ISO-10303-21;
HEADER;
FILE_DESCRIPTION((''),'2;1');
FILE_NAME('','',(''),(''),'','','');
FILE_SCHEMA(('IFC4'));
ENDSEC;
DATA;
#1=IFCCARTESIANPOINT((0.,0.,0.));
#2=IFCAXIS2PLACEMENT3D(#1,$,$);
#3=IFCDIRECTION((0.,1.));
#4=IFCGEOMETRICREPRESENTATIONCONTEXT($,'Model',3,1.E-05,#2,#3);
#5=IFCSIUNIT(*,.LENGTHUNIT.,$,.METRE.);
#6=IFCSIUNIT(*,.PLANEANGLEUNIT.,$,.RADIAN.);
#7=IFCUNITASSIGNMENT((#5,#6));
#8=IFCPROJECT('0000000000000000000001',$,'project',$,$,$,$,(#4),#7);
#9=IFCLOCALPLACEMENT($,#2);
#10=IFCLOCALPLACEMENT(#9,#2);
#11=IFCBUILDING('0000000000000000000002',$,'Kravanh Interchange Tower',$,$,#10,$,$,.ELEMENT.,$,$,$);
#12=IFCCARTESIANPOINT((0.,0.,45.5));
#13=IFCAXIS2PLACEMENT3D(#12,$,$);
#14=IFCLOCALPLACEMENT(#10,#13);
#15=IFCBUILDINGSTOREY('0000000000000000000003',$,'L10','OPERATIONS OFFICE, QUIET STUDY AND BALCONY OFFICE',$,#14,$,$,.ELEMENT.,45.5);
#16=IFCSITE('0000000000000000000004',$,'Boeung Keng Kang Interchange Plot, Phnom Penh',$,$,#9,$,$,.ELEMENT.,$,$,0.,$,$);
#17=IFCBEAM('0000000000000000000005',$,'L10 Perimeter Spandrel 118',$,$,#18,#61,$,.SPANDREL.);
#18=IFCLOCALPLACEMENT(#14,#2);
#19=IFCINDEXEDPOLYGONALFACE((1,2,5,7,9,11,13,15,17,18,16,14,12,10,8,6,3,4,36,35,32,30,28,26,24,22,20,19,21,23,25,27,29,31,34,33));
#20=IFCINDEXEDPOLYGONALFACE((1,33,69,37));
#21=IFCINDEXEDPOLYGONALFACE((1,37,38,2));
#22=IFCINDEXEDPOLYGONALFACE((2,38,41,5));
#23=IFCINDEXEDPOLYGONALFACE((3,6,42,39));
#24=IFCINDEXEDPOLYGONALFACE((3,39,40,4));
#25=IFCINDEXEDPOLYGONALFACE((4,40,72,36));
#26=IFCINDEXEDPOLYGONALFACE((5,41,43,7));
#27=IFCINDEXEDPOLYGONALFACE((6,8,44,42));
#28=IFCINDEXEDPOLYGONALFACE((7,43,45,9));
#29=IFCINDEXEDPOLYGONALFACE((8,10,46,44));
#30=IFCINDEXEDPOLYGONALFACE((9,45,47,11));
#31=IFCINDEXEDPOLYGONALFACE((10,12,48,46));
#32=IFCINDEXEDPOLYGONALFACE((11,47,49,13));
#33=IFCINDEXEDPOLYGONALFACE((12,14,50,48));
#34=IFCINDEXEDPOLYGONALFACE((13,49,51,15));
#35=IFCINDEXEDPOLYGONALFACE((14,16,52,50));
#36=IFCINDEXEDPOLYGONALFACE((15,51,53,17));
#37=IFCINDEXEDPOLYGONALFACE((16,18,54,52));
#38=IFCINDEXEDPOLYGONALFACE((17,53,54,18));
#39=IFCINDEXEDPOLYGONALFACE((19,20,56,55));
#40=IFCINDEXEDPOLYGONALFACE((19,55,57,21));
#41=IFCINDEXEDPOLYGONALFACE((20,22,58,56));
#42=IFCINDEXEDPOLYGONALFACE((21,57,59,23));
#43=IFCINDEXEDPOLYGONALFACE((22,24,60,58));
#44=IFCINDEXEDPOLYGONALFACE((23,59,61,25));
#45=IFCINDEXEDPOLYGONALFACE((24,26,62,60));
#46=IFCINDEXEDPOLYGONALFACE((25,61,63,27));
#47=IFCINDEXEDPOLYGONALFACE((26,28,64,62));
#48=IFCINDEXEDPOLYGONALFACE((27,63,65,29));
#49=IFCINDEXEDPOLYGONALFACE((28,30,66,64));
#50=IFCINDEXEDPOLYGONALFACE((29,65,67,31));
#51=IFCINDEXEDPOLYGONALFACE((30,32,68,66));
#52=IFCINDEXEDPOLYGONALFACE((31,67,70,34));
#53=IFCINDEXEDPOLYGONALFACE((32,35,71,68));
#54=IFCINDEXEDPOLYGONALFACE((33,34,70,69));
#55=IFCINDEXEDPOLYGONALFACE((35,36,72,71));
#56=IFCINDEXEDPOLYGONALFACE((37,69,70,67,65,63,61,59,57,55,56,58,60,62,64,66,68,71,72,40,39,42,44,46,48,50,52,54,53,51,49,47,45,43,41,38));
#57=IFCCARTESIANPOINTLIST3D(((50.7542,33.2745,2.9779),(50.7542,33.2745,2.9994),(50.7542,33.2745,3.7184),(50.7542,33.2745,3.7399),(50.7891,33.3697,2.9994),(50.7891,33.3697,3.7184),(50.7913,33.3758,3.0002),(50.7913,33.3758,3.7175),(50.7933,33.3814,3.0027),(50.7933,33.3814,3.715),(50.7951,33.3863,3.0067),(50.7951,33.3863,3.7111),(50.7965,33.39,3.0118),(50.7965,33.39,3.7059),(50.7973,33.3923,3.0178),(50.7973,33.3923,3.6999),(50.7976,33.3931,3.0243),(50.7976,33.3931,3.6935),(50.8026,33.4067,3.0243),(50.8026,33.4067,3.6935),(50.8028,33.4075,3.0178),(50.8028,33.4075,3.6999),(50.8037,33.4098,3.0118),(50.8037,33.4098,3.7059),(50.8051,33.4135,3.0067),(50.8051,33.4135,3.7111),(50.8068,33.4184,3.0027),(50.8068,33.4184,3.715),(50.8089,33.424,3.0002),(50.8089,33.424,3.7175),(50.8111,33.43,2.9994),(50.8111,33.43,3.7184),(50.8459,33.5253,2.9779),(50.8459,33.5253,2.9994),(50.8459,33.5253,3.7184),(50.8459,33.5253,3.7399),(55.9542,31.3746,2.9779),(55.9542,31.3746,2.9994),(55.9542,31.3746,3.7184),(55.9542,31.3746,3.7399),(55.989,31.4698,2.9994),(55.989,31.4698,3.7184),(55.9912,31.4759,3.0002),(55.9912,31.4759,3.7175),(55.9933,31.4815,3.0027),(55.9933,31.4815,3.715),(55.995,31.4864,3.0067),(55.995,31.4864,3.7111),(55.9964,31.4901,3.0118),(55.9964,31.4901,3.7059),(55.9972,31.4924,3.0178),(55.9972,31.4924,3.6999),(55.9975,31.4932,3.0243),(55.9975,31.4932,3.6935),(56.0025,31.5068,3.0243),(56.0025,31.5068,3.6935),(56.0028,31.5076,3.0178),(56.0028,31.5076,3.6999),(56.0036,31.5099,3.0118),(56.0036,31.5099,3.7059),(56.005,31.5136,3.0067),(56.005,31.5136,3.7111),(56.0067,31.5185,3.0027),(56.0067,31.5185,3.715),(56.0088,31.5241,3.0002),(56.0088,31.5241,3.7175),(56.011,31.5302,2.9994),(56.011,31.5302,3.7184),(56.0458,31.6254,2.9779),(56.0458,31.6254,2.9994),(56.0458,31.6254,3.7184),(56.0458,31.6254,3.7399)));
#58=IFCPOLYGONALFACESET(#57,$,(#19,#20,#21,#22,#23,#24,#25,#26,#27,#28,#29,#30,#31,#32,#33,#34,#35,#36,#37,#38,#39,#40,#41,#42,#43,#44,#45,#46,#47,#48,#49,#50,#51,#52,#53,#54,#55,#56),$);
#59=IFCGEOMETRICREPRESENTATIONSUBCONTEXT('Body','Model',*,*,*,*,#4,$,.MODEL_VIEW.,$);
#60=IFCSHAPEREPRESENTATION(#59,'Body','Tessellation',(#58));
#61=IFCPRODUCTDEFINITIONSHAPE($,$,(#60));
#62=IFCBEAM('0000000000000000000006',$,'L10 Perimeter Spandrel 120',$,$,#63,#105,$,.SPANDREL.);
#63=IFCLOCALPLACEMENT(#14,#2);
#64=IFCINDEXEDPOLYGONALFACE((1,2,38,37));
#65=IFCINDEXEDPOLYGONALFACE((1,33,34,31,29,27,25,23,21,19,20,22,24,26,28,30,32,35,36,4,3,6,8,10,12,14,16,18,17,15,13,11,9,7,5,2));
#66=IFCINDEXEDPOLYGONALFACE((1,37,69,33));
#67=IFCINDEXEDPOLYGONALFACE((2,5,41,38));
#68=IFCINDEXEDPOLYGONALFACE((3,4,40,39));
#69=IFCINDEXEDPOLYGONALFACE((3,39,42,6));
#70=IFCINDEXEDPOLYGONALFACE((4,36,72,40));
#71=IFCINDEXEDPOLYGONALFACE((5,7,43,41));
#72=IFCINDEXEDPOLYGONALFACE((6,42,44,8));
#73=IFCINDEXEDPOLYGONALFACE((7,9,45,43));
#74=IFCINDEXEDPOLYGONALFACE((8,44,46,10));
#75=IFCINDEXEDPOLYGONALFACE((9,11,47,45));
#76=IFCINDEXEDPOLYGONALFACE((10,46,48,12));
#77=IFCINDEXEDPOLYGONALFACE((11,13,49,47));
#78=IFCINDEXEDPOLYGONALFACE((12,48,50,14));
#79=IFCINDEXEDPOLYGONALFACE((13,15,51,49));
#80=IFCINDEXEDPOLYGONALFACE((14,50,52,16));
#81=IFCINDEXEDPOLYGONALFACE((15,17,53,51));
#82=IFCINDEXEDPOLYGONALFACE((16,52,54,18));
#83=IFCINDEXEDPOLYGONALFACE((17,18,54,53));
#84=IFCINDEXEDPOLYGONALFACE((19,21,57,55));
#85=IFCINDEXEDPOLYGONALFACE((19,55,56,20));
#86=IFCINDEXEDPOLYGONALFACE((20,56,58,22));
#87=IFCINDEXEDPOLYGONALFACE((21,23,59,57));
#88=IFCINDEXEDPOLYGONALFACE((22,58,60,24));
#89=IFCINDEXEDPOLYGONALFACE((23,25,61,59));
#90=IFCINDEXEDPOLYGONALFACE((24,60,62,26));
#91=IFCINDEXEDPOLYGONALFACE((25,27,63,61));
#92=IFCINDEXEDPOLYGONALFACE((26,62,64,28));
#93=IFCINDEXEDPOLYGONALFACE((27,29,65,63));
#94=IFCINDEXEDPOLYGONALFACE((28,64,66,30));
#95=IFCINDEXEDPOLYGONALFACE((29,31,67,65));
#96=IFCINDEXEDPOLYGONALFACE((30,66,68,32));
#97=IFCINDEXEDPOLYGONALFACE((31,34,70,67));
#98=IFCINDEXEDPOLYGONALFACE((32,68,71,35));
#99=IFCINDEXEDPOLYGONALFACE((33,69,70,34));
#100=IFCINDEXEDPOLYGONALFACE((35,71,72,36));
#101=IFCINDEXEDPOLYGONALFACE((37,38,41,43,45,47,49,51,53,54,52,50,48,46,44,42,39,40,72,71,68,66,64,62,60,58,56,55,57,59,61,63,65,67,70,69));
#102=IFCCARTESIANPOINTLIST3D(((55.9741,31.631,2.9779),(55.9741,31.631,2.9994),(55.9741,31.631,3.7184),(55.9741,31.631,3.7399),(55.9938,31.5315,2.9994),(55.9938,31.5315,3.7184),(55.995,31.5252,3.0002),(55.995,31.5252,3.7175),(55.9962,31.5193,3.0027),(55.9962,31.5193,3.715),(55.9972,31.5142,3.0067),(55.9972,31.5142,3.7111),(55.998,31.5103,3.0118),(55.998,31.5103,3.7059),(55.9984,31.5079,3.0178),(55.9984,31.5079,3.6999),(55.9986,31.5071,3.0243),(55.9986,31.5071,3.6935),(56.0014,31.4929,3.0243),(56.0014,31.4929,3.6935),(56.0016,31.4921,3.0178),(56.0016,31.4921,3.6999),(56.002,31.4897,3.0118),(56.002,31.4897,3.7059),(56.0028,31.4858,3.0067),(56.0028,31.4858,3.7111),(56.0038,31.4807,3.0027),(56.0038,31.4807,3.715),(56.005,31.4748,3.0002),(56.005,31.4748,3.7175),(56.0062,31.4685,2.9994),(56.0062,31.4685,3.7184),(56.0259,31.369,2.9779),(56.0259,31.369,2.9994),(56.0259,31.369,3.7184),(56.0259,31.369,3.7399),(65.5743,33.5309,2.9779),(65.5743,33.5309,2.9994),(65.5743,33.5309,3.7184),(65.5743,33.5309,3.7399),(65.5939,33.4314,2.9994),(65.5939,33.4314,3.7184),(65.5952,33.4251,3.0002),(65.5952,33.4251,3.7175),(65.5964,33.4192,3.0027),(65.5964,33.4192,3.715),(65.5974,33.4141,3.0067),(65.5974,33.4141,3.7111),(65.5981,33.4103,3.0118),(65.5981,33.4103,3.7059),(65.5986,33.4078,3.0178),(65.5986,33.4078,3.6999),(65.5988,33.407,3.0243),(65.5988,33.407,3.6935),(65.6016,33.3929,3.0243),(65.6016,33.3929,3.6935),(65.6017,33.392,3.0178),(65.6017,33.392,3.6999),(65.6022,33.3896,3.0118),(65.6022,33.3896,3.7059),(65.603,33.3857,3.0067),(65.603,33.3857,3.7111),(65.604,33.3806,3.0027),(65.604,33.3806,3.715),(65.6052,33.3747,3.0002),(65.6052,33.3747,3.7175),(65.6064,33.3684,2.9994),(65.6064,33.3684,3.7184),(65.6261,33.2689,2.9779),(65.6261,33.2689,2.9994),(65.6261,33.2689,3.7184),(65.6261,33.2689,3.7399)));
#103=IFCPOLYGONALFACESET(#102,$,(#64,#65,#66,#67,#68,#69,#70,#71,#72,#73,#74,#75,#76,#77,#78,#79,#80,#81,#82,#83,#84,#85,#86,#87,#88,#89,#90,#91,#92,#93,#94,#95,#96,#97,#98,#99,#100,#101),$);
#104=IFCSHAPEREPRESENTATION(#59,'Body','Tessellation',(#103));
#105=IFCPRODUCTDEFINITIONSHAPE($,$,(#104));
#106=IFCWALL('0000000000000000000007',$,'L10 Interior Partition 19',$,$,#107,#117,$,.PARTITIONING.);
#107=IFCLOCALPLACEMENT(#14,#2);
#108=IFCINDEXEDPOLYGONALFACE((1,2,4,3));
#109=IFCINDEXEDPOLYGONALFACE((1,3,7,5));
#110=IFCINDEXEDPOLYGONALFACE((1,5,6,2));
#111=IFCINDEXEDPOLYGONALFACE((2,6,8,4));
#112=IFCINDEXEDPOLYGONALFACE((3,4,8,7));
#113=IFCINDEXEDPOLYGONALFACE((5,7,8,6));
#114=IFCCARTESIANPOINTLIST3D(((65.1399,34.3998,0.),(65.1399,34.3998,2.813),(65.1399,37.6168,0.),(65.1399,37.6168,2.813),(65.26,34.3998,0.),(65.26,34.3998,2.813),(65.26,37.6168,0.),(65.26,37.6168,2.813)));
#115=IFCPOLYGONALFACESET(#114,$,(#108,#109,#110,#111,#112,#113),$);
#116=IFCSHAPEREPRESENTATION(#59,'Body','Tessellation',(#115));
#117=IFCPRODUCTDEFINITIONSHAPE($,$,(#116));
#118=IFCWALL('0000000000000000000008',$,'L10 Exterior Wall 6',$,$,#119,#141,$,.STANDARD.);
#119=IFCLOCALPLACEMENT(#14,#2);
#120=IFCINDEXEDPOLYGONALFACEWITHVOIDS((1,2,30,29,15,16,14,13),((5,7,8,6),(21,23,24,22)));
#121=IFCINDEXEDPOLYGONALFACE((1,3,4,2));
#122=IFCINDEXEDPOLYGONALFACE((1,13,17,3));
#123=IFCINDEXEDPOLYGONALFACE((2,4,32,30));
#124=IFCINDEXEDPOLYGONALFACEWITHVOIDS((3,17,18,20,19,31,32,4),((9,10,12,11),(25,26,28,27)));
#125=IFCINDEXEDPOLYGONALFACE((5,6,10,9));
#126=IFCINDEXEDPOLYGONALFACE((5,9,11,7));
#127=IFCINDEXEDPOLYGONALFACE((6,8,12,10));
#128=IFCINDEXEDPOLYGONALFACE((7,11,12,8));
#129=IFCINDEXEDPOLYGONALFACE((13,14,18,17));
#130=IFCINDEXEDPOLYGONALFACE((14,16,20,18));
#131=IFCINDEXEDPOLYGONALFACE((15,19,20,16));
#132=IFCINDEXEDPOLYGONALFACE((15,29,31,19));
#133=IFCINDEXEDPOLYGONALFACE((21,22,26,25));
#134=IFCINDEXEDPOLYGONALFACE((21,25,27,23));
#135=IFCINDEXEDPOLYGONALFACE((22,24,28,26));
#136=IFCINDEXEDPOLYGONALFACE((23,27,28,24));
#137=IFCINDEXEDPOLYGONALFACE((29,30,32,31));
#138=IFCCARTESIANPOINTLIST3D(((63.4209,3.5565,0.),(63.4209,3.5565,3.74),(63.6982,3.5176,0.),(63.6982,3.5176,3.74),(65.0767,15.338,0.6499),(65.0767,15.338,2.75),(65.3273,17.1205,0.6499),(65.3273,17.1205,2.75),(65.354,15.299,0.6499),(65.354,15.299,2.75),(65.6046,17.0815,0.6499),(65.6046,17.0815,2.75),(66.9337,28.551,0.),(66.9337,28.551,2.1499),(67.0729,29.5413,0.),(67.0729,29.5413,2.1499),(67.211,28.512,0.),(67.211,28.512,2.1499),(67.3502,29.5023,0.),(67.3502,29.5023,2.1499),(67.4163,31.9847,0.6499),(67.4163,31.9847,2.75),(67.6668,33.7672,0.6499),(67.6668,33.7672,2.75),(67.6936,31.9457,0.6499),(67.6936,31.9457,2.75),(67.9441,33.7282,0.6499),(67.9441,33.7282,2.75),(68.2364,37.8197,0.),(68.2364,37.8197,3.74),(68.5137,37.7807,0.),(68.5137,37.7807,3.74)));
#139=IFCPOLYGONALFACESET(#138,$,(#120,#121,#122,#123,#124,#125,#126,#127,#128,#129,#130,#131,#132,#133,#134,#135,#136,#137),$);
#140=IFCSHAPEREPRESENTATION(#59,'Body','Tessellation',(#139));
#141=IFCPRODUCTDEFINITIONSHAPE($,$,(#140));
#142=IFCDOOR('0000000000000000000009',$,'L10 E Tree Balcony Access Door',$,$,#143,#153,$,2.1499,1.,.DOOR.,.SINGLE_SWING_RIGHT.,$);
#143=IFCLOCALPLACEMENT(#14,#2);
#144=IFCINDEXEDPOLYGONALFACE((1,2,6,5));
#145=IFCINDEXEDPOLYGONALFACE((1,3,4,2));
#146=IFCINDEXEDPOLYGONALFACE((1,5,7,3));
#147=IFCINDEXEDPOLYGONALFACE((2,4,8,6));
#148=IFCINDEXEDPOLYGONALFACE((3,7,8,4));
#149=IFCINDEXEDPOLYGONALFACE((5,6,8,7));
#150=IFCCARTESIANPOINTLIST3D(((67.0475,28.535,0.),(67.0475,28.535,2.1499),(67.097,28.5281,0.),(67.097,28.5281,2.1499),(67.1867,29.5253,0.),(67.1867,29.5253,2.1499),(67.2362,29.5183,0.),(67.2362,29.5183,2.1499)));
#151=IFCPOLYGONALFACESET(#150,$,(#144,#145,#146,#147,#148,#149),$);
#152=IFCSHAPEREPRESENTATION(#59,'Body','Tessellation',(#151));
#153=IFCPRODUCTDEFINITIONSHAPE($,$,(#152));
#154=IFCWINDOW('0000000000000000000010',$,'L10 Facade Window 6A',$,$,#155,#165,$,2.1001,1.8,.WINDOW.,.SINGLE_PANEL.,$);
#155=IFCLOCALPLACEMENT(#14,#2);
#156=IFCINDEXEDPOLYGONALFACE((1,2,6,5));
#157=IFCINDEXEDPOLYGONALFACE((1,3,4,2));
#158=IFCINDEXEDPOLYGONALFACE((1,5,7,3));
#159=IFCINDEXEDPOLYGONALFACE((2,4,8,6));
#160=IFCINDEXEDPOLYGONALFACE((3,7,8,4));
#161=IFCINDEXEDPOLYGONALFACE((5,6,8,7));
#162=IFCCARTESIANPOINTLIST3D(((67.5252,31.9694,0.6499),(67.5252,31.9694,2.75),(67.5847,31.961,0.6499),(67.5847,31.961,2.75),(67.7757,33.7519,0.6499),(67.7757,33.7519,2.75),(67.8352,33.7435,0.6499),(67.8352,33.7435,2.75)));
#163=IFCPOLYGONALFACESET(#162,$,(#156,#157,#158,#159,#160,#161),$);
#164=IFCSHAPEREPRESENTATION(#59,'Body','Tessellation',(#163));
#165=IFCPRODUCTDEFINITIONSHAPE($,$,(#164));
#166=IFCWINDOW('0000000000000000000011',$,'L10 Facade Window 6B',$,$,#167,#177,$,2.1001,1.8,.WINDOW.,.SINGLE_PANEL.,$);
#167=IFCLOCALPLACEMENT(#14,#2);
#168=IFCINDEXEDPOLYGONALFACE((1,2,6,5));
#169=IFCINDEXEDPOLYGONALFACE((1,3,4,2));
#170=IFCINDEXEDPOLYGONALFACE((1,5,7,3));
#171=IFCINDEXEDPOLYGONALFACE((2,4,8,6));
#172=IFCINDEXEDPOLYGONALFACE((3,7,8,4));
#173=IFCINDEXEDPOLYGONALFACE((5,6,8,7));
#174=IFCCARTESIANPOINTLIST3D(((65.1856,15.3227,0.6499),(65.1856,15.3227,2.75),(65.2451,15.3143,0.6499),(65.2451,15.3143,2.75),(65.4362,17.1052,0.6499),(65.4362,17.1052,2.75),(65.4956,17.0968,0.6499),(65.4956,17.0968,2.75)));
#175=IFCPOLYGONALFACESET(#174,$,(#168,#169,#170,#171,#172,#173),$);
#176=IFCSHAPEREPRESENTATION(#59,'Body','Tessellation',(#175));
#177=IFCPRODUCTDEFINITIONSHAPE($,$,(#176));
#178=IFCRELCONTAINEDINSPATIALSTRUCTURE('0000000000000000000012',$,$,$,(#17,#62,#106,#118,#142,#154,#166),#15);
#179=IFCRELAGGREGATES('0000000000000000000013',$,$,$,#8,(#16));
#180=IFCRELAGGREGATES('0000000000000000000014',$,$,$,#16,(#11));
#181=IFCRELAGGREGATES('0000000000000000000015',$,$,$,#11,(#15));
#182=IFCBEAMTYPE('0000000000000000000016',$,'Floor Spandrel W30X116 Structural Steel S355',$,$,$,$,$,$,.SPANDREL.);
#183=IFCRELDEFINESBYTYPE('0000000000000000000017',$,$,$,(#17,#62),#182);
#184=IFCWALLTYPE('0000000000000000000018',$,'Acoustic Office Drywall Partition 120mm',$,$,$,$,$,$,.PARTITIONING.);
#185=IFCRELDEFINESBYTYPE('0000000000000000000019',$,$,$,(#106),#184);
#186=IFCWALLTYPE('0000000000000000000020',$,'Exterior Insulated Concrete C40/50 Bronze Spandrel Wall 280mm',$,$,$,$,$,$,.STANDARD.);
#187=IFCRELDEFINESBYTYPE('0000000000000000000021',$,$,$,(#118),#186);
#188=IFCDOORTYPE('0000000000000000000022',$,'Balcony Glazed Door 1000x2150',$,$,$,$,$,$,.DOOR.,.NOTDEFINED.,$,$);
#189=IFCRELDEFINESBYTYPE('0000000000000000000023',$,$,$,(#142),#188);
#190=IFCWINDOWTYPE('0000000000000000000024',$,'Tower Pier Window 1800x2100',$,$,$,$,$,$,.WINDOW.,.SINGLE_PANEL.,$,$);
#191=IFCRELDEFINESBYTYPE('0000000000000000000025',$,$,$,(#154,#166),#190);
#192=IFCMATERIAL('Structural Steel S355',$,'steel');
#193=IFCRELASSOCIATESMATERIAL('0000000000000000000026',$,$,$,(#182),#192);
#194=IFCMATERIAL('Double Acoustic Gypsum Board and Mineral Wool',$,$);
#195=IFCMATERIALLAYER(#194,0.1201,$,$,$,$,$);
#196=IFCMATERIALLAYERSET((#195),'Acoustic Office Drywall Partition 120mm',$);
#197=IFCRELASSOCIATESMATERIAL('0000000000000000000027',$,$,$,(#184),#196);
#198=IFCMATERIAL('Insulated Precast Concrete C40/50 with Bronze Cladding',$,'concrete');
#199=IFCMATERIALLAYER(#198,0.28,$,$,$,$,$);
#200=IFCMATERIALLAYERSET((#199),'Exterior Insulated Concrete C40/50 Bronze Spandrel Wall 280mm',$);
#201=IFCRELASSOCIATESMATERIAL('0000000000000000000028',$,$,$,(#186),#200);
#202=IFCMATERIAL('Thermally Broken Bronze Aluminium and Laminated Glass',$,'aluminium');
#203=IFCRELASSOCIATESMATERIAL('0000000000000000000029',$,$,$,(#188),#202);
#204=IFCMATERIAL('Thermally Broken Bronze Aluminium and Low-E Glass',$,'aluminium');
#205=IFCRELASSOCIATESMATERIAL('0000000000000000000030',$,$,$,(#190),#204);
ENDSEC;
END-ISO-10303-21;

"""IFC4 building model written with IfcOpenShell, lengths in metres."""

from ifc_helpers import new_model, si_unit, direction, frame, frame_2d, origin, origin_2d, place, context, subcontext, project, spatial, rectangle, i_section, extrude, material, layer, layer_set, material_profile, profile_set, type_object, element, fill, save


model = new_model("IFC4")

# Units and contexts
model_context = context("Model", 3, precision=1e-05, world=origin(), true_north=direction((0.0, 1.0)))
body_context = subcontext(model_context, "Body", "Model", "MODEL_VIEW")
ifc_project = project(units=[si_unit("LENGTHUNIT", "METRE"), si_unit("PLANEANGLEUNIT", "RADIAN")], contexts=[model_context])

# Site, building, storey
site_placement = place(None, origin())
site = spatial("IfcSite", under=ifc_project, at=site_placement, Name="Boeung Keng Kang Interchange Plot, Phnom Penh", CompositionType="ELEMENT", RefElevation=0.0)
building_placement = place(site_placement, origin())
building = spatial("IfcBuilding", under=site, at=building_placement, Name="Kravanh Interchange Tower", CompositionType="ELEMENT")
storey_placement = place(building_placement, frame((0.0, 0.0, 45.5)))
storey = spatial("IfcBuildingStorey", under=building, at=storey_placement, Name="L10", Description="OPERATIONS OFFICE, QUIET STUDY AND BALCONY OFFICE", CompositionType="ELEMENT", Elevation=45.5)

# Beams
ifc_material_1 = material(Name="Structural Steel S355", Category="steel")
ifc_material_profile_1 = material_profile(ifc_material_1, i_section(OverallWidth=0.2671, OverallDepth=0.762, WebThickness=0.0144, FlangeThickness=0.0215, FilletRadius=0.0249, at=origin_2d()), Name="W30X116")
ifc_profile_set_1 = profile_set([ifc_material_profile_1], Name="Structural Steel S355")
beam_type_1 = type_object("IfcBeamType", Name="Floor Spandrel W30X116 Structural Steel S355", PredefinedType="SPANDREL", material=ifc_profile_set_1)
beam_1_placement = place(storey_placement, frame((56.0, 31.5, 3.3589), z_axis=(-0.93927, 0.34318, 0.0), x_axis=(-0.34318, -0.93927, 0.0)))
element("IfcBeam", 1, at=beam_1_placement, inside=storey, type_object=beam_type_1, Name="L10 Perimeter Spandrel 118", PredefinedType="SPANDREL", context=body_context, shape_type="SweptSolid", body=[
    extrude(i_section(OverallWidth=0.2671, OverallDepth=0.762, WebThickness=0.0144, FlangeThickness=0.0215, FilletRadius=0.0249, at=origin_2d()), origin(), (0.0, 0.0, 1.0), 5.5361),
])
beam_2_placement = place(storey_placement, frame((56.0, 31.5, 3.3589), z_axis=(0.980974, 0.194139, 0.0), x_axis=(-0.194139, 0.980974, 0.0)))
element("IfcBeam", 2, at=beam_2_placement, inside=storey, type_object=beam_type_1, Name="L10 Perimeter Spandrel 120", PredefinedType="SPANDREL", context=body_context, shape_type="SweptSolid", body=[
    extrude(i_section(OverallWidth=0.2671, OverallDepth=0.762, WebThickness=0.0144, FlangeThickness=0.0215, FilletRadius=0.0249, at=origin_2d()), origin(), (0.0, 0.0, 1.0), 9.7864),
])

# Wall
ifc_material_2 = material(Name="Double Acoustic Gypsum Board and Mineral Wool")
ifc_layer_1 = layer(ifc_material_2, 0.1201)
ifc_layer_set_1 = layer_set([ifc_layer_1], Name="Acoustic Office Drywall Partition 120mm")
wall_type_1 = type_object("IfcWallType", Name="Acoustic Office Drywall Partition 120mm", PredefinedType="PARTITIONING", material=ifc_layer_set_1)
wall_1_placement = place(storey_placement, frame((65.2, 34.3999, 0.0), z_axis=(0.0, 0.0, 1.0), x_axis=(0.0, 1.0, 0.0)))
element("IfcWall", 3, at=wall_1_placement, inside=storey, type_object=wall_type_1, Name="L10 Interior Partition 19", PredefinedType="PARTITIONING", context=body_context, shape_type="SweptSolid", body=[
    extrude(rectangle(XDim=3.217, YDim=0.1201, at=frame_2d((1.6084, 0.0))), origin(), (0.0, 0.0, 1.0), 2.813),
])

# Wall, openings, door, windows
ifc_material_3 = material(Name="Insulated Precast Concrete C40/50 with Bronze Cladding", Category="concrete")
ifc_layer_2 = layer(ifc_material_3, 0.28)
ifc_layer_set_2 = layer_set([ifc_layer_2], Name="Exterior Insulated Concrete C40/50 Bronze Spandrel Wall 280mm")
wall_type_2 = type_object("IfcWallType", Name="Exterior Insulated Concrete C40/50 Bronze Spandrel Wall 280mm", PredefinedType="STANDARD", material=ifc_layer_set_2)
wall_2_placement = place(storey_placement, frame((68.375, 37.8, 0.0), z_axis=(0.0, 0.0, 1.0), x_axis=(-0.139175, -0.990268, 0.0)))
wall_2 = element("IfcWall", 4, at=wall_2_placement, inside=storey, type_object=wall_type_2, Name="L10 Exterior Wall 6", PredefinedType="STANDARD", context=body_context, shape_type="SweptSolid", body=[
    extrude(rectangle(XDim=34.5999, YDim=0.28, at=frame_2d((17.2998, 0.0))), origin(), (0.0, 0.0, 1.0), 3.74),
])
opening_1_placement = place(wall_2_placement, frame((8.3596, 0.0, 0.0)))
opening_1 = element("IfcOpeningElement", 5, at=opening_1_placement, cuts=wall_2, PredefinedType="OPENING", context=body_context, shape_type="SweptSolid", body=[
    extrude(rectangle(XDim=1.0, YDim=2.1499, at=frame_2d((0.5, 1.075))), frame((0.0, 0.1499, 0.0), z_axis=(0.0, -1.0, 0.0), x_axis=(1.0, 0.0, 0.0)), (0.0, 0.0, 1.0), 0.3),
])
opening_2_placement = place(wall_2_placement, frame((4.0923, 0.0, 0.6499)))
opening_2 = element("IfcOpeningElement", 6, at=opening_2_placement, cuts=wall_2, PredefinedType="OPENING", context=body_context, shape_type="SweptSolid", body=[
    extrude(rectangle(XDim=1.8, YDim=2.1001, at=frame_2d((0.8999, 1.05))), frame((0.0, 0.1499, 0.0), z_axis=(0.0, -1.0, 0.0), x_axis=(1.0, 0.0, 0.0)), (0.0, 0.0, 1.0), 0.3),
])
opening_3_placement = place(wall_2_placement, frame((20.9026, 0.0, 0.6499)))
opening_3 = element("IfcOpeningElement", 7, at=opening_3_placement, cuts=wall_2, PredefinedType="OPENING", context=body_context, shape_type="SweptSolid", body=[
    extrude(rectangle(XDim=1.8, YDim=2.1001, at=frame_2d((0.8999, 1.05))), frame((0.0, 0.1499, 0.0), z_axis=(0.0, -1.0, 0.0), x_axis=(1.0, 0.0, 0.0)), (0.0, 0.0, 1.0), 0.3),
])
ifc_material_4 = material(Name="Thermally Broken Bronze Aluminium and Laminated Glass", Category="aluminium")
door_type = type_object("IfcDoorType", Name="Balcony Glazed Door 1000x2150", OperationType="NOTDEFINED", PredefinedType="DOOR", material=ifc_material_4)
door_placement = place(opening_1_placement, origin())
door = element("IfcDoor", 8, at=door_placement, inside=storey, type_object=door_type, Name="L10 E Tree Balcony Access Door", OperationType="SINGLE_SWING_RIGHT", OverallHeight=2.1499, OverallWidth=1.0, PredefinedType="DOOR", context=body_context, shape_type="SweptSolid", body=[
    extrude(rectangle(XDim=1.0, YDim=2.1499, at=frame_2d((0.5, 1.075))), frame((0.0, 0.0249, 0.0), z_axis=(0.0, -1.0, 0.0), x_axis=(1.0, 0.0, 0.0)), (0.0, 0.0, 1.0), 0.05),
])
fill(opening_1, door)
ifc_material_5 = material(Name="Thermally Broken Bronze Aluminium and Low-E Glass", Category="aluminium")
window_type = type_object("IfcWindowType", Name="Tower Pier Window 1800x2100", PartitioningType="SINGLE_PANEL", PredefinedType="WINDOW", material=ifc_material_5)
window_1_placement = place(opening_2_placement, origin())
window_1 = element("IfcWindow", 9, at=window_1_placement, inside=storey, type_object=window_type, Name="L10 Facade Window 6A", OverallHeight=2.1001, OverallWidth=1.8, PartitioningType="SINGLE_PANEL", PredefinedType="WINDOW", context=body_context, shape_type="SweptSolid", body=[
    extrude(rectangle(XDim=1.8, YDim=2.1001, at=frame_2d((0.8999, 1.05))), frame((0.0, 0.03, 0.0), z_axis=(0.0, -1.0, 0.0), x_axis=(1.0, 0.0, 0.0)), (0.0, 0.0, 1.0), 0.0601),
])
fill(opening_2, window_1)
window_2_placement = place(opening_3_placement, origin())
window_2 = element("IfcWindow", 10, at=window_2_placement, inside=storey, type_object=window_type, Name="L10 Facade Window 6B", OverallHeight=2.1001, OverallWidth=1.8, PartitioningType="SINGLE_PANEL", PredefinedType="WINDOW", context=body_context, shape_type="SweptSolid", body=[
    extrude(rectangle(XDim=1.8, YDim=2.1001, at=frame_2d((0.8999, 1.05))), frame((0.0, 0.03, 0.0), z_axis=(0.0, -1.0, 0.0), x_axis=(1.0, 0.0, 0.0)), (0.0, 0.0, 1.0), 0.0601),
])
fill(opening_3, window_2)

save(model, "model.ifc")
